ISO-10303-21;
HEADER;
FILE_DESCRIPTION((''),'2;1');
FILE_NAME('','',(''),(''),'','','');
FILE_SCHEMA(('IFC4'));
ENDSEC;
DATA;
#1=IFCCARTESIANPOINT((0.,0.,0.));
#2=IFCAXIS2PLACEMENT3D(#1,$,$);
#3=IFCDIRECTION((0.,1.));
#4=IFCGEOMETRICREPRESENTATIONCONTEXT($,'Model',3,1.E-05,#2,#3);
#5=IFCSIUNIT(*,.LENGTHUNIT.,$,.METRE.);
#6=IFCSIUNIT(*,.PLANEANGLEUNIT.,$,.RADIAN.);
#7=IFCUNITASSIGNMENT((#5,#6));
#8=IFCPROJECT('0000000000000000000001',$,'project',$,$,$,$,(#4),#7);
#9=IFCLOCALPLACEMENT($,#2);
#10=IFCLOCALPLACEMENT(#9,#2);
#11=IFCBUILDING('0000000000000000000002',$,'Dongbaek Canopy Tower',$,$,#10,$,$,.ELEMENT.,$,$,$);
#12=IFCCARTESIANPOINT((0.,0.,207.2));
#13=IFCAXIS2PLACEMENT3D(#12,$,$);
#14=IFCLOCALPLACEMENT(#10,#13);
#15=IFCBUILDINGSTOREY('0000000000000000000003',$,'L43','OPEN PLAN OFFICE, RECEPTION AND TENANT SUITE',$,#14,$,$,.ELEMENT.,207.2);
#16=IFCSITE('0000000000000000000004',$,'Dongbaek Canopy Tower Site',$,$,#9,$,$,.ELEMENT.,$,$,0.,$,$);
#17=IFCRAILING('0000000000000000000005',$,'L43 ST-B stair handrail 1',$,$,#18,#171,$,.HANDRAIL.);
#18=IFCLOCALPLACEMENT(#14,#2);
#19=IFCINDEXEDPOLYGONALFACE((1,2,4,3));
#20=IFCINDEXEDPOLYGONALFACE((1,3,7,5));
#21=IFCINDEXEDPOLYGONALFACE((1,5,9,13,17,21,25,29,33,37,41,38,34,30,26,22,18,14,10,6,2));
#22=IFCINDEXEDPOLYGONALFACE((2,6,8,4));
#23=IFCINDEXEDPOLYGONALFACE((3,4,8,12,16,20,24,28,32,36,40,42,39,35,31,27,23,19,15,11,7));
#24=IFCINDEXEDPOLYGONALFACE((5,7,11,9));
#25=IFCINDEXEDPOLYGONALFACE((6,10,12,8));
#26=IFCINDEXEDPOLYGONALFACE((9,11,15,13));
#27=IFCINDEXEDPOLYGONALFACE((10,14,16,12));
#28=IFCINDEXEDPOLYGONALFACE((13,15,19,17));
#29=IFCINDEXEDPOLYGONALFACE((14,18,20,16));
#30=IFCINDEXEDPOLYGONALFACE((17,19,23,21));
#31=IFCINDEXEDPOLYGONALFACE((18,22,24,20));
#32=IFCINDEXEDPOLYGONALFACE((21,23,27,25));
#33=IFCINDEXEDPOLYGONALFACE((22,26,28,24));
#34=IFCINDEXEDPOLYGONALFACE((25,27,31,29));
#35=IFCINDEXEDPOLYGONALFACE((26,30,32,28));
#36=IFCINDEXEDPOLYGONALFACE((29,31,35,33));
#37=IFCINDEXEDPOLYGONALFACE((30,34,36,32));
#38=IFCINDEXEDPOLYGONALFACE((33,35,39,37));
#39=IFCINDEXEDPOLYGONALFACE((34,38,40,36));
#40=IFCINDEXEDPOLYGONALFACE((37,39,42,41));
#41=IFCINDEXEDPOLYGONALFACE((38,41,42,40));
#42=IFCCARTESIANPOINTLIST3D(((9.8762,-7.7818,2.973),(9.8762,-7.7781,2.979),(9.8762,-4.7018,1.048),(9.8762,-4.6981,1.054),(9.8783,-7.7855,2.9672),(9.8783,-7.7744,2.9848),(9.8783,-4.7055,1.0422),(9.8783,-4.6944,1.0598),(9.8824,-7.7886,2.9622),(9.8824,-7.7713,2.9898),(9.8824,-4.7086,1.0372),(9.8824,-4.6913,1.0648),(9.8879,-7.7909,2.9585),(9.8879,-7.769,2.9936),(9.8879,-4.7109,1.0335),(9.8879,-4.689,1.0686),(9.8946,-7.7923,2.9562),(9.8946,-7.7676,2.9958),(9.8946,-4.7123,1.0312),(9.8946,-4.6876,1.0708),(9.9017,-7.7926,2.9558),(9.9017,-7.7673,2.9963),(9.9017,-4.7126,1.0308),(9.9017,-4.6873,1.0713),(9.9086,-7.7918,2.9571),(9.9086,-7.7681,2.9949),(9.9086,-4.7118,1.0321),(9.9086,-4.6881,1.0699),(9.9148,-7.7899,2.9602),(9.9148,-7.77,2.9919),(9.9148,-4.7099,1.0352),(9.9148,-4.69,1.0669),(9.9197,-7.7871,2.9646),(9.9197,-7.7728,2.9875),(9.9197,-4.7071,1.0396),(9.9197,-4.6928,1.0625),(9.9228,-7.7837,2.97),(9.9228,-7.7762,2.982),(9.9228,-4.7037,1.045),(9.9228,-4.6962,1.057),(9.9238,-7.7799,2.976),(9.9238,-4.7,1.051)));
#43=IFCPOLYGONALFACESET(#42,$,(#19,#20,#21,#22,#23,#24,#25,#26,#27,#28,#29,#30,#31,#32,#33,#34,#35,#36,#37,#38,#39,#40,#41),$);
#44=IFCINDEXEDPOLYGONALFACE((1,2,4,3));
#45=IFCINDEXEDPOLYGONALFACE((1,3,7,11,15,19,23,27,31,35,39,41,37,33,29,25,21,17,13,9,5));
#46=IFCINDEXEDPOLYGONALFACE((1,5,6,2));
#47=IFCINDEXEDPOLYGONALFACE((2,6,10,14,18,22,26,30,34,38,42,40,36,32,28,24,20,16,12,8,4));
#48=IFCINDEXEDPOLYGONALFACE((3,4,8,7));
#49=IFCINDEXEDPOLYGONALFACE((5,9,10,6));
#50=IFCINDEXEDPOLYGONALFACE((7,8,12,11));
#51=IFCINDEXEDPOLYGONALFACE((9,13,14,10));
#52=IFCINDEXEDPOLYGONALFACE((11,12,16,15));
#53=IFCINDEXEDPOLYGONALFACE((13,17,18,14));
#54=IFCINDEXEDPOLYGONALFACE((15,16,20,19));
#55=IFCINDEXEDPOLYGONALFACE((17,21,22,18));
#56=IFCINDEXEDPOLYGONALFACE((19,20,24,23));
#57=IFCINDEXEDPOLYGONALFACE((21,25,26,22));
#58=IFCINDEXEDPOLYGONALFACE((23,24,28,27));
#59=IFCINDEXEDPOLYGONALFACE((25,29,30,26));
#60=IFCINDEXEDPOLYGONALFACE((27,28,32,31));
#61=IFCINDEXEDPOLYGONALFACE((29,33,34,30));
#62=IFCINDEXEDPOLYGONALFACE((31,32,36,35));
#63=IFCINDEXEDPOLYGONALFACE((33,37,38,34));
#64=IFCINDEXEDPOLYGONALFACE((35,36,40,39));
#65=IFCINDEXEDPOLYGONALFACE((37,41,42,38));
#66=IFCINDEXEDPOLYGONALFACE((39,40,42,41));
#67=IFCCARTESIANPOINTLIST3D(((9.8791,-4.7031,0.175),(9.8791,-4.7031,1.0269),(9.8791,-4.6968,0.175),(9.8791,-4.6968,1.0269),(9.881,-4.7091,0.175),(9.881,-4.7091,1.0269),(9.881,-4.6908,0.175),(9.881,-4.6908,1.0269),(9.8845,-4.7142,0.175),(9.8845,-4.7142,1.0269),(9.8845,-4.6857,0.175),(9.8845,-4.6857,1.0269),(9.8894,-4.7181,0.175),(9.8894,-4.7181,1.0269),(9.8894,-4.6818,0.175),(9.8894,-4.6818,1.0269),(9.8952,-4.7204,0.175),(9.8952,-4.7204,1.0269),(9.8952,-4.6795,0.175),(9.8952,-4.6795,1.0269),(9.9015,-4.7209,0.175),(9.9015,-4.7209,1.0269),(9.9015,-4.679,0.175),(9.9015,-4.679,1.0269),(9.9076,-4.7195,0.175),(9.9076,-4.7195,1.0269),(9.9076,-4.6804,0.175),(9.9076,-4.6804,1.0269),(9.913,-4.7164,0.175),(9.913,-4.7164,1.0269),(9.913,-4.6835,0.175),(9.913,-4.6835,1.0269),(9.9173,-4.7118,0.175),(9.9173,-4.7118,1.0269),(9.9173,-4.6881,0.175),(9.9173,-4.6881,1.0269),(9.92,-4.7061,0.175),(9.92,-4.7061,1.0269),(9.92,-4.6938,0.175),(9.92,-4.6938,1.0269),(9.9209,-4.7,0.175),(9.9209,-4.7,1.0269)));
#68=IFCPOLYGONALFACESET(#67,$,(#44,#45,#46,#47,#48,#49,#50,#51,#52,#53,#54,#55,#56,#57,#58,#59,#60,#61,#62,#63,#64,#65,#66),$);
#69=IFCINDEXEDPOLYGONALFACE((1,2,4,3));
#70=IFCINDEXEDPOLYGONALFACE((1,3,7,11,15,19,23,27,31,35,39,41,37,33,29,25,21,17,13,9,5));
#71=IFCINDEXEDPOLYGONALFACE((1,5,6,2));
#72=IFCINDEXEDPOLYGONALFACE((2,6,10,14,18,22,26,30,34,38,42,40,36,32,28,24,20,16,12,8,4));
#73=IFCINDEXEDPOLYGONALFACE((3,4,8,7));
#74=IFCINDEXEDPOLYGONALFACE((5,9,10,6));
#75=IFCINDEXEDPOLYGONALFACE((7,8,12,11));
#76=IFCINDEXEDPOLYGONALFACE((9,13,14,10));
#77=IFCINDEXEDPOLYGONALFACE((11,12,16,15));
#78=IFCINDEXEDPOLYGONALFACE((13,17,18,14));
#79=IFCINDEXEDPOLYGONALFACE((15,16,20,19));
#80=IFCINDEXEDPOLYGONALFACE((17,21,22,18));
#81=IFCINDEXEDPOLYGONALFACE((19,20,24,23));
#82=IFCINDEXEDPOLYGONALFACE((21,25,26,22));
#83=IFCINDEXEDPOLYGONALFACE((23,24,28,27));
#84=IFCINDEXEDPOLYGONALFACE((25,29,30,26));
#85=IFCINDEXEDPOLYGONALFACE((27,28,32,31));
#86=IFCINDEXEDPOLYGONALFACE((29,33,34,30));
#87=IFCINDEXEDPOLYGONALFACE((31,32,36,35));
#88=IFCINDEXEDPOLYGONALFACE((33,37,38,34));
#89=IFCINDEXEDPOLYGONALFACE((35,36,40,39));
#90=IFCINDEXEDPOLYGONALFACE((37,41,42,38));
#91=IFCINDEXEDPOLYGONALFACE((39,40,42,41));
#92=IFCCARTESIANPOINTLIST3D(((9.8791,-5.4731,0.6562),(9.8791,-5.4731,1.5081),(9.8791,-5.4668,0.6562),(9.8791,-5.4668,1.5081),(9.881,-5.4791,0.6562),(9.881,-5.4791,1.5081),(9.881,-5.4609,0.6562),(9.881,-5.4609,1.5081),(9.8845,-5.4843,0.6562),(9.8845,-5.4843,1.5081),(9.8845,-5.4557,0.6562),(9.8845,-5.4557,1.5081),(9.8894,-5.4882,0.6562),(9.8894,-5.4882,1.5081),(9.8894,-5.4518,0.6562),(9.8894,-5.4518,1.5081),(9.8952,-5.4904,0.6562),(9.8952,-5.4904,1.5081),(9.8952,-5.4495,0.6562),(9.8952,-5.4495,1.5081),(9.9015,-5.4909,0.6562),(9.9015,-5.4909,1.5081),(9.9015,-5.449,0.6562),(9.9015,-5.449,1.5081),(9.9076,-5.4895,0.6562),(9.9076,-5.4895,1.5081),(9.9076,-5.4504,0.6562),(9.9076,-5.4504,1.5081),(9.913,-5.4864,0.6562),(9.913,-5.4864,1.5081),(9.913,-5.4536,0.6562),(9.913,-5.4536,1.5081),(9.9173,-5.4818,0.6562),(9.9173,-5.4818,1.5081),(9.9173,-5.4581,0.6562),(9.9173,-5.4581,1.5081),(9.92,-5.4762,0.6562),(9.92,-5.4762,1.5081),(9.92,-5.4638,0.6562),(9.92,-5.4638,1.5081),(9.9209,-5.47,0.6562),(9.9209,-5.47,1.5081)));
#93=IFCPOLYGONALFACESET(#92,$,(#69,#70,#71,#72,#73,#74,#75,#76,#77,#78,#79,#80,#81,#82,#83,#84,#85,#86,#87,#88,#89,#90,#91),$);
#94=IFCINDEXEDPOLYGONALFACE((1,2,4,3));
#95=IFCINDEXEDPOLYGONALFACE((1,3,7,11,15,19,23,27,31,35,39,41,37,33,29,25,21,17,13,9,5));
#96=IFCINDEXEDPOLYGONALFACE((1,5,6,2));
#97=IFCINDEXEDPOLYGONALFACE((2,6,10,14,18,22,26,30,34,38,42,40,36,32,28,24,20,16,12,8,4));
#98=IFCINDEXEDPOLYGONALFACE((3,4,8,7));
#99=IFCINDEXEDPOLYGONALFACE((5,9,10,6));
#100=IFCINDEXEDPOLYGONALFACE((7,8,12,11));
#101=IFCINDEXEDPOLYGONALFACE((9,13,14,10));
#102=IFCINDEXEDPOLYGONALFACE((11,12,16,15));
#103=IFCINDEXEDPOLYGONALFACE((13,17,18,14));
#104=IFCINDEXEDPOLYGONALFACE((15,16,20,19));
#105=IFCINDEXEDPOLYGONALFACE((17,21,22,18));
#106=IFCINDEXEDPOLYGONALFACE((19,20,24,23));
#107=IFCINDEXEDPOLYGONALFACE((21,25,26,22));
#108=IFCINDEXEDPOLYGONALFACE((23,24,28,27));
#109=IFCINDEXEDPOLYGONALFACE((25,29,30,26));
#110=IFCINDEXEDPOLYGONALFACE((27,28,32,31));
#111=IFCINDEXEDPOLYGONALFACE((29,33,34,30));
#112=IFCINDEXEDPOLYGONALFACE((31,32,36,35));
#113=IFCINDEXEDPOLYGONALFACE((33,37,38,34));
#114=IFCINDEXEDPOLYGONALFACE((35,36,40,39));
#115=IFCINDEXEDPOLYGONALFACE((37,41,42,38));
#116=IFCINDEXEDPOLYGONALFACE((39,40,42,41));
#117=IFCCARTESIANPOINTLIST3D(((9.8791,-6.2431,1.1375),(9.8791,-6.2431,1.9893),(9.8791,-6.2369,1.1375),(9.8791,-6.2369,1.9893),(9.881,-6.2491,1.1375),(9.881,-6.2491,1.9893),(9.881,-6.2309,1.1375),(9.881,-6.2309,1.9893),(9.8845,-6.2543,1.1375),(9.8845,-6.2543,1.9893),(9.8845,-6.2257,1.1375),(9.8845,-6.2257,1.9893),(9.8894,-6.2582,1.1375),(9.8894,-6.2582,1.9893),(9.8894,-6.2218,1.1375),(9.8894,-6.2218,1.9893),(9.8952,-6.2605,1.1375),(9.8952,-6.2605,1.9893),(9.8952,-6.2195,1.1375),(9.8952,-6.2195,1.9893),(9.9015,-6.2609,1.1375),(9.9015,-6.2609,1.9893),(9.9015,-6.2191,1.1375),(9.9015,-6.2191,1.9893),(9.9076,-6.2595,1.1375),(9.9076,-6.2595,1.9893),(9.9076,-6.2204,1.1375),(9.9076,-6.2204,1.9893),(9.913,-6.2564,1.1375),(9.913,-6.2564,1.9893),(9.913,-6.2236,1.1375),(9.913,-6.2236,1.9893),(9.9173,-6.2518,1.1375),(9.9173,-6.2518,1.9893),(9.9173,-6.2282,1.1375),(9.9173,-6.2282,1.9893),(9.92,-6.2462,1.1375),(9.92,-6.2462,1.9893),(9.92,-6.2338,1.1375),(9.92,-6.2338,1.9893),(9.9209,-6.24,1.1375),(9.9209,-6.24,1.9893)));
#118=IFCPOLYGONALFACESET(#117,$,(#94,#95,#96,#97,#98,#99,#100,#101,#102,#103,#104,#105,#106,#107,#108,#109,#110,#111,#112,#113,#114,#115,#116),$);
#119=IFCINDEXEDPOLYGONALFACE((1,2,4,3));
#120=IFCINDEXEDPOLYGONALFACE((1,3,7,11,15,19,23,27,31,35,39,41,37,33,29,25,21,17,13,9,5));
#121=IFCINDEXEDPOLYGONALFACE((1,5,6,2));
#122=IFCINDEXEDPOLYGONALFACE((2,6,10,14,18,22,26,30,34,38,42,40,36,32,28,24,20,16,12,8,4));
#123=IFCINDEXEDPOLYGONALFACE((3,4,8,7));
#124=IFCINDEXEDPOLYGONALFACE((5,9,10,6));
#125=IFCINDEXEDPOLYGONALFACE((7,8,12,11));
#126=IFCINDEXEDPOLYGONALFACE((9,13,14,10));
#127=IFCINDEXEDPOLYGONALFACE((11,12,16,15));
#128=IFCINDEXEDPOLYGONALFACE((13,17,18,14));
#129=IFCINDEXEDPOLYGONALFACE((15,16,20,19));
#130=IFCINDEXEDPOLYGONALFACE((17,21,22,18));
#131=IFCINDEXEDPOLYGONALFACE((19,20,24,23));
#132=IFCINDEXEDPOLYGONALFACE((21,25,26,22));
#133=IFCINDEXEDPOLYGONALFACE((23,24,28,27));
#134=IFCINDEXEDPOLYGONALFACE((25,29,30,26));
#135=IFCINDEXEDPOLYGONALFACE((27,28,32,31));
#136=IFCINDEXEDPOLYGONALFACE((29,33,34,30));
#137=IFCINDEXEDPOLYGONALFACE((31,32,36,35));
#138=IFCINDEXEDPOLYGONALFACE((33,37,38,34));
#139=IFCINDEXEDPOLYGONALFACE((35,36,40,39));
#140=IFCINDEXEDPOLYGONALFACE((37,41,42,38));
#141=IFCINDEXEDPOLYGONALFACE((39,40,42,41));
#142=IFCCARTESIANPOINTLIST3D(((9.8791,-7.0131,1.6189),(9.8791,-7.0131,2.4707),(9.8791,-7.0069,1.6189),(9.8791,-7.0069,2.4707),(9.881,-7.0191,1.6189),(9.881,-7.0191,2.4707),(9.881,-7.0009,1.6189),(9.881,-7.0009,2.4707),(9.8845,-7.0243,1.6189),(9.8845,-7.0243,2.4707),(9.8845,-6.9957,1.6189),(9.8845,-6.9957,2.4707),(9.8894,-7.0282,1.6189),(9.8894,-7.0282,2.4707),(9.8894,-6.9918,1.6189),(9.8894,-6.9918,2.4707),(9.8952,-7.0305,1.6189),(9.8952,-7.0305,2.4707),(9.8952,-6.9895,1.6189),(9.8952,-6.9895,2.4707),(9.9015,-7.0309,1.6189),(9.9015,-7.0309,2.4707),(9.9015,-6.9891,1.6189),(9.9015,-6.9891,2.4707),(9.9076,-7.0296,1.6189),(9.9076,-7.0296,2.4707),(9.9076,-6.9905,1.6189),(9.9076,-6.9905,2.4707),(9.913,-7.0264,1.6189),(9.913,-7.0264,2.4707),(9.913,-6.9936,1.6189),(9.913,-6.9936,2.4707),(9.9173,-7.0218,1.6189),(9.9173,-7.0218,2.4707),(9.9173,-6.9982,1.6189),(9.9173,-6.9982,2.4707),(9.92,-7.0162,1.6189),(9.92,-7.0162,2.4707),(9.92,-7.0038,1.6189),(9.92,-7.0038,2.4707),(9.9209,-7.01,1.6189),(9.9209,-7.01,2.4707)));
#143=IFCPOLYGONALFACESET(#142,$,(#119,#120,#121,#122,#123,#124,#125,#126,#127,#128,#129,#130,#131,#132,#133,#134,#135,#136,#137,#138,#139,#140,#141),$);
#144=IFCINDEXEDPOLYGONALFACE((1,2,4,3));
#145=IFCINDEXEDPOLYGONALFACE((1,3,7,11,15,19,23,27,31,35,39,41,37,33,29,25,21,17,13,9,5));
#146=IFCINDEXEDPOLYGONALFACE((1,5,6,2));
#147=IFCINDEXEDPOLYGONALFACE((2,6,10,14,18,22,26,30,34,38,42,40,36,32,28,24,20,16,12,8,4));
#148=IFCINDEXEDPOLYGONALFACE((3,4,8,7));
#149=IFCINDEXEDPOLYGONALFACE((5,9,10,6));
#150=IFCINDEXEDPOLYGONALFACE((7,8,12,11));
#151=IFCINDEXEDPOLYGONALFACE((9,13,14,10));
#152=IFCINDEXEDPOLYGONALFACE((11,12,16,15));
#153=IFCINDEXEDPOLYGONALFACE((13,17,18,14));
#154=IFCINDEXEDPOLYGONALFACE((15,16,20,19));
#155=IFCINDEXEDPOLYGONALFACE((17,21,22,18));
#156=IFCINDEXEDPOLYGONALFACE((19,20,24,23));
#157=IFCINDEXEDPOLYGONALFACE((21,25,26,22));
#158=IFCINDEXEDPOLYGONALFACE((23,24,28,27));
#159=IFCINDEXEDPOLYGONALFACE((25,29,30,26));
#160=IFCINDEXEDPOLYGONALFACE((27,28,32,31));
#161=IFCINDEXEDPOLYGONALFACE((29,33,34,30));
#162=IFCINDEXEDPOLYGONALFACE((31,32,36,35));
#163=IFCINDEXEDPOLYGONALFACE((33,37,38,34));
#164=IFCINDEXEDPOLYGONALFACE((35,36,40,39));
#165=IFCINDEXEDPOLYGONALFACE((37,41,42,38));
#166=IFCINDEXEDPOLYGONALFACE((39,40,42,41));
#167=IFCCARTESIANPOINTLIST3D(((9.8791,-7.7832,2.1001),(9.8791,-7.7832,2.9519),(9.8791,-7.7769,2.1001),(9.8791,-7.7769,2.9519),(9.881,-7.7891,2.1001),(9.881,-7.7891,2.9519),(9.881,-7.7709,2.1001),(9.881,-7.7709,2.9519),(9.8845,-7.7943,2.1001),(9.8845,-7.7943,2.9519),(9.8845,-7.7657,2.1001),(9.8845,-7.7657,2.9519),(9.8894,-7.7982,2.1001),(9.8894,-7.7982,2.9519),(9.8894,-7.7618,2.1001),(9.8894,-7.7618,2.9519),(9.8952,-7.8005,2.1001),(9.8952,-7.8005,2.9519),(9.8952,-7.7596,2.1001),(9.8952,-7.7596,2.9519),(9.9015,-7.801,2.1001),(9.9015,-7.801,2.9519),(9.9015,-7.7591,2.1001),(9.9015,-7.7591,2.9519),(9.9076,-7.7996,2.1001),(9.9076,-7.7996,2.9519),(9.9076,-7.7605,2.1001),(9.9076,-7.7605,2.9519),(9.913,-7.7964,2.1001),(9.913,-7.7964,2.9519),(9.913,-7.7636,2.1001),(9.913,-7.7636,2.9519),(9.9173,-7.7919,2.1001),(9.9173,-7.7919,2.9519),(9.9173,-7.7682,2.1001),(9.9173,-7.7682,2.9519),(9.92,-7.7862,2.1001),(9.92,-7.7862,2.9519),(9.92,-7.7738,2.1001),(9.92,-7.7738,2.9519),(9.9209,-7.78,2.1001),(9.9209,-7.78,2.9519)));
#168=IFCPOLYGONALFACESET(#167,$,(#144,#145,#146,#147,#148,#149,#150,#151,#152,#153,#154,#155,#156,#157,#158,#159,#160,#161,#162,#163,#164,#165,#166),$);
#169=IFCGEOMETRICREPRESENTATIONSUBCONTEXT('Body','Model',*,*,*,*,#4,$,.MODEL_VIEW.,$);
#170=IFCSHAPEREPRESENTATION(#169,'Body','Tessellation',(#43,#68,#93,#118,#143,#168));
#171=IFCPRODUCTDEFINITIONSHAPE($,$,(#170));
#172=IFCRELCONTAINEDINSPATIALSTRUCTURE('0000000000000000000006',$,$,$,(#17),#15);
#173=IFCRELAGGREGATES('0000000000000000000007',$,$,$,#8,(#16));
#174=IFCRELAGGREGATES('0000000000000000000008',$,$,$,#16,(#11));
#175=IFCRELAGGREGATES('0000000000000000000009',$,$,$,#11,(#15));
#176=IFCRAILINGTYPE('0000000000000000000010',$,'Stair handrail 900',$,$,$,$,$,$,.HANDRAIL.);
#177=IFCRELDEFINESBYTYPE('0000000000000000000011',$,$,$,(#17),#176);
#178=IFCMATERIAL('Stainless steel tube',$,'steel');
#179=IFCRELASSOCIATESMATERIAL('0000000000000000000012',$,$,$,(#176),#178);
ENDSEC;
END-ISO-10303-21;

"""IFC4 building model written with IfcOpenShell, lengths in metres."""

from ifc_helpers import new_model, si_unit, direction, frame, origin, origin_2d, place, context, subcontext, project, spatial, circle, extrude, material, type_object, element, save


model = new_model("IFC4")

# Units and contexts
model_context = context("Model", 3, precision=1e-05, world=origin(), true_north=direction((0.0, 1.0)))
body_context = subcontext(model_context, "Body", "Model", "MODEL_VIEW")
ifc_project = project(units=[si_unit("LENGTHUNIT", "METRE"), si_unit("PLANEANGLEUNIT", "RADIAN")], contexts=[model_context])

# Site, building, storey
site_placement = place(None, origin())
site = spatial("IfcSite", under=ifc_project, at=site_placement, Name="Dongbaek Canopy Tower Site", CompositionType="ELEMENT", RefElevation=0.0)
building_placement = place(site_placement, origin())
building = spatial("IfcBuilding", under=site, at=building_placement, Name="Dongbaek Canopy Tower", CompositionType="ELEMENT")
storey_placement = place(building_placement, frame((0.0, 0.0, 207.2)))
storey = spatial("IfcBuildingStorey", under=building, at=storey_placement, Name="L43", Description="OPEN PLAN OFFICE, RECEPTION AND TENANT SUITE", CompositionType="ELEMENT", Elevation=207.2)

# Railing
ifc_material_1 = material(Name="Stainless steel tube", Category="steel")
railing_type_1 = type_object("IfcRailingType", Name="Stair handrail 900", PredefinedType="HANDRAIL", material=ifc_material_1)
railing_1_placement = place(storey_placement, frame((9.8999, -4.7, 0.175)))
element("IfcRailing", 1, at=railing_1_placement, inside=storey, type_object=railing_type_1, Name="L43 ST-B stair handrail 1", PredefinedType="HANDRAIL", context=body_context, shape_type="SweptSolid", body=[
    extrude(circle(Radius=0.0239, at=origin_2d()), frame((0.0, 0.0, 0.876), z_axis=(0.0, -0.847998, 0.529999), x_axis=(1.0, 0.0, 0.0)), (0.0, 0.0, 1.0), 3.6321),
    extrude(circle(Radius=0.021, at=origin_2d()), origin(), (0.0, 0.0, 1.0), 0.8518),
    extrude(circle(Radius=0.021, at=origin_2d()), frame((0.0, -0.77, 0.4812)), (0.0, 0.0, 1.0), 0.8518),
    extrude(circle(Radius=0.021, at=origin_2d()), frame((0.0, -1.54, 0.9624)), (0.0, 0.0, 1.0), 0.8518),
    extrude(circle(Radius=0.021, at=origin_2d()), frame((0.0, -2.3101, 1.4438)), (0.0, 0.0, 1.0), 0.8518),
    extrude(circle(Radius=0.021, at=origin_2d()), frame((0.0, -3.0801, 1.925)), (0.0, 0.0, 1.0), 0.8518),
])

save(model, "model.ifc")
